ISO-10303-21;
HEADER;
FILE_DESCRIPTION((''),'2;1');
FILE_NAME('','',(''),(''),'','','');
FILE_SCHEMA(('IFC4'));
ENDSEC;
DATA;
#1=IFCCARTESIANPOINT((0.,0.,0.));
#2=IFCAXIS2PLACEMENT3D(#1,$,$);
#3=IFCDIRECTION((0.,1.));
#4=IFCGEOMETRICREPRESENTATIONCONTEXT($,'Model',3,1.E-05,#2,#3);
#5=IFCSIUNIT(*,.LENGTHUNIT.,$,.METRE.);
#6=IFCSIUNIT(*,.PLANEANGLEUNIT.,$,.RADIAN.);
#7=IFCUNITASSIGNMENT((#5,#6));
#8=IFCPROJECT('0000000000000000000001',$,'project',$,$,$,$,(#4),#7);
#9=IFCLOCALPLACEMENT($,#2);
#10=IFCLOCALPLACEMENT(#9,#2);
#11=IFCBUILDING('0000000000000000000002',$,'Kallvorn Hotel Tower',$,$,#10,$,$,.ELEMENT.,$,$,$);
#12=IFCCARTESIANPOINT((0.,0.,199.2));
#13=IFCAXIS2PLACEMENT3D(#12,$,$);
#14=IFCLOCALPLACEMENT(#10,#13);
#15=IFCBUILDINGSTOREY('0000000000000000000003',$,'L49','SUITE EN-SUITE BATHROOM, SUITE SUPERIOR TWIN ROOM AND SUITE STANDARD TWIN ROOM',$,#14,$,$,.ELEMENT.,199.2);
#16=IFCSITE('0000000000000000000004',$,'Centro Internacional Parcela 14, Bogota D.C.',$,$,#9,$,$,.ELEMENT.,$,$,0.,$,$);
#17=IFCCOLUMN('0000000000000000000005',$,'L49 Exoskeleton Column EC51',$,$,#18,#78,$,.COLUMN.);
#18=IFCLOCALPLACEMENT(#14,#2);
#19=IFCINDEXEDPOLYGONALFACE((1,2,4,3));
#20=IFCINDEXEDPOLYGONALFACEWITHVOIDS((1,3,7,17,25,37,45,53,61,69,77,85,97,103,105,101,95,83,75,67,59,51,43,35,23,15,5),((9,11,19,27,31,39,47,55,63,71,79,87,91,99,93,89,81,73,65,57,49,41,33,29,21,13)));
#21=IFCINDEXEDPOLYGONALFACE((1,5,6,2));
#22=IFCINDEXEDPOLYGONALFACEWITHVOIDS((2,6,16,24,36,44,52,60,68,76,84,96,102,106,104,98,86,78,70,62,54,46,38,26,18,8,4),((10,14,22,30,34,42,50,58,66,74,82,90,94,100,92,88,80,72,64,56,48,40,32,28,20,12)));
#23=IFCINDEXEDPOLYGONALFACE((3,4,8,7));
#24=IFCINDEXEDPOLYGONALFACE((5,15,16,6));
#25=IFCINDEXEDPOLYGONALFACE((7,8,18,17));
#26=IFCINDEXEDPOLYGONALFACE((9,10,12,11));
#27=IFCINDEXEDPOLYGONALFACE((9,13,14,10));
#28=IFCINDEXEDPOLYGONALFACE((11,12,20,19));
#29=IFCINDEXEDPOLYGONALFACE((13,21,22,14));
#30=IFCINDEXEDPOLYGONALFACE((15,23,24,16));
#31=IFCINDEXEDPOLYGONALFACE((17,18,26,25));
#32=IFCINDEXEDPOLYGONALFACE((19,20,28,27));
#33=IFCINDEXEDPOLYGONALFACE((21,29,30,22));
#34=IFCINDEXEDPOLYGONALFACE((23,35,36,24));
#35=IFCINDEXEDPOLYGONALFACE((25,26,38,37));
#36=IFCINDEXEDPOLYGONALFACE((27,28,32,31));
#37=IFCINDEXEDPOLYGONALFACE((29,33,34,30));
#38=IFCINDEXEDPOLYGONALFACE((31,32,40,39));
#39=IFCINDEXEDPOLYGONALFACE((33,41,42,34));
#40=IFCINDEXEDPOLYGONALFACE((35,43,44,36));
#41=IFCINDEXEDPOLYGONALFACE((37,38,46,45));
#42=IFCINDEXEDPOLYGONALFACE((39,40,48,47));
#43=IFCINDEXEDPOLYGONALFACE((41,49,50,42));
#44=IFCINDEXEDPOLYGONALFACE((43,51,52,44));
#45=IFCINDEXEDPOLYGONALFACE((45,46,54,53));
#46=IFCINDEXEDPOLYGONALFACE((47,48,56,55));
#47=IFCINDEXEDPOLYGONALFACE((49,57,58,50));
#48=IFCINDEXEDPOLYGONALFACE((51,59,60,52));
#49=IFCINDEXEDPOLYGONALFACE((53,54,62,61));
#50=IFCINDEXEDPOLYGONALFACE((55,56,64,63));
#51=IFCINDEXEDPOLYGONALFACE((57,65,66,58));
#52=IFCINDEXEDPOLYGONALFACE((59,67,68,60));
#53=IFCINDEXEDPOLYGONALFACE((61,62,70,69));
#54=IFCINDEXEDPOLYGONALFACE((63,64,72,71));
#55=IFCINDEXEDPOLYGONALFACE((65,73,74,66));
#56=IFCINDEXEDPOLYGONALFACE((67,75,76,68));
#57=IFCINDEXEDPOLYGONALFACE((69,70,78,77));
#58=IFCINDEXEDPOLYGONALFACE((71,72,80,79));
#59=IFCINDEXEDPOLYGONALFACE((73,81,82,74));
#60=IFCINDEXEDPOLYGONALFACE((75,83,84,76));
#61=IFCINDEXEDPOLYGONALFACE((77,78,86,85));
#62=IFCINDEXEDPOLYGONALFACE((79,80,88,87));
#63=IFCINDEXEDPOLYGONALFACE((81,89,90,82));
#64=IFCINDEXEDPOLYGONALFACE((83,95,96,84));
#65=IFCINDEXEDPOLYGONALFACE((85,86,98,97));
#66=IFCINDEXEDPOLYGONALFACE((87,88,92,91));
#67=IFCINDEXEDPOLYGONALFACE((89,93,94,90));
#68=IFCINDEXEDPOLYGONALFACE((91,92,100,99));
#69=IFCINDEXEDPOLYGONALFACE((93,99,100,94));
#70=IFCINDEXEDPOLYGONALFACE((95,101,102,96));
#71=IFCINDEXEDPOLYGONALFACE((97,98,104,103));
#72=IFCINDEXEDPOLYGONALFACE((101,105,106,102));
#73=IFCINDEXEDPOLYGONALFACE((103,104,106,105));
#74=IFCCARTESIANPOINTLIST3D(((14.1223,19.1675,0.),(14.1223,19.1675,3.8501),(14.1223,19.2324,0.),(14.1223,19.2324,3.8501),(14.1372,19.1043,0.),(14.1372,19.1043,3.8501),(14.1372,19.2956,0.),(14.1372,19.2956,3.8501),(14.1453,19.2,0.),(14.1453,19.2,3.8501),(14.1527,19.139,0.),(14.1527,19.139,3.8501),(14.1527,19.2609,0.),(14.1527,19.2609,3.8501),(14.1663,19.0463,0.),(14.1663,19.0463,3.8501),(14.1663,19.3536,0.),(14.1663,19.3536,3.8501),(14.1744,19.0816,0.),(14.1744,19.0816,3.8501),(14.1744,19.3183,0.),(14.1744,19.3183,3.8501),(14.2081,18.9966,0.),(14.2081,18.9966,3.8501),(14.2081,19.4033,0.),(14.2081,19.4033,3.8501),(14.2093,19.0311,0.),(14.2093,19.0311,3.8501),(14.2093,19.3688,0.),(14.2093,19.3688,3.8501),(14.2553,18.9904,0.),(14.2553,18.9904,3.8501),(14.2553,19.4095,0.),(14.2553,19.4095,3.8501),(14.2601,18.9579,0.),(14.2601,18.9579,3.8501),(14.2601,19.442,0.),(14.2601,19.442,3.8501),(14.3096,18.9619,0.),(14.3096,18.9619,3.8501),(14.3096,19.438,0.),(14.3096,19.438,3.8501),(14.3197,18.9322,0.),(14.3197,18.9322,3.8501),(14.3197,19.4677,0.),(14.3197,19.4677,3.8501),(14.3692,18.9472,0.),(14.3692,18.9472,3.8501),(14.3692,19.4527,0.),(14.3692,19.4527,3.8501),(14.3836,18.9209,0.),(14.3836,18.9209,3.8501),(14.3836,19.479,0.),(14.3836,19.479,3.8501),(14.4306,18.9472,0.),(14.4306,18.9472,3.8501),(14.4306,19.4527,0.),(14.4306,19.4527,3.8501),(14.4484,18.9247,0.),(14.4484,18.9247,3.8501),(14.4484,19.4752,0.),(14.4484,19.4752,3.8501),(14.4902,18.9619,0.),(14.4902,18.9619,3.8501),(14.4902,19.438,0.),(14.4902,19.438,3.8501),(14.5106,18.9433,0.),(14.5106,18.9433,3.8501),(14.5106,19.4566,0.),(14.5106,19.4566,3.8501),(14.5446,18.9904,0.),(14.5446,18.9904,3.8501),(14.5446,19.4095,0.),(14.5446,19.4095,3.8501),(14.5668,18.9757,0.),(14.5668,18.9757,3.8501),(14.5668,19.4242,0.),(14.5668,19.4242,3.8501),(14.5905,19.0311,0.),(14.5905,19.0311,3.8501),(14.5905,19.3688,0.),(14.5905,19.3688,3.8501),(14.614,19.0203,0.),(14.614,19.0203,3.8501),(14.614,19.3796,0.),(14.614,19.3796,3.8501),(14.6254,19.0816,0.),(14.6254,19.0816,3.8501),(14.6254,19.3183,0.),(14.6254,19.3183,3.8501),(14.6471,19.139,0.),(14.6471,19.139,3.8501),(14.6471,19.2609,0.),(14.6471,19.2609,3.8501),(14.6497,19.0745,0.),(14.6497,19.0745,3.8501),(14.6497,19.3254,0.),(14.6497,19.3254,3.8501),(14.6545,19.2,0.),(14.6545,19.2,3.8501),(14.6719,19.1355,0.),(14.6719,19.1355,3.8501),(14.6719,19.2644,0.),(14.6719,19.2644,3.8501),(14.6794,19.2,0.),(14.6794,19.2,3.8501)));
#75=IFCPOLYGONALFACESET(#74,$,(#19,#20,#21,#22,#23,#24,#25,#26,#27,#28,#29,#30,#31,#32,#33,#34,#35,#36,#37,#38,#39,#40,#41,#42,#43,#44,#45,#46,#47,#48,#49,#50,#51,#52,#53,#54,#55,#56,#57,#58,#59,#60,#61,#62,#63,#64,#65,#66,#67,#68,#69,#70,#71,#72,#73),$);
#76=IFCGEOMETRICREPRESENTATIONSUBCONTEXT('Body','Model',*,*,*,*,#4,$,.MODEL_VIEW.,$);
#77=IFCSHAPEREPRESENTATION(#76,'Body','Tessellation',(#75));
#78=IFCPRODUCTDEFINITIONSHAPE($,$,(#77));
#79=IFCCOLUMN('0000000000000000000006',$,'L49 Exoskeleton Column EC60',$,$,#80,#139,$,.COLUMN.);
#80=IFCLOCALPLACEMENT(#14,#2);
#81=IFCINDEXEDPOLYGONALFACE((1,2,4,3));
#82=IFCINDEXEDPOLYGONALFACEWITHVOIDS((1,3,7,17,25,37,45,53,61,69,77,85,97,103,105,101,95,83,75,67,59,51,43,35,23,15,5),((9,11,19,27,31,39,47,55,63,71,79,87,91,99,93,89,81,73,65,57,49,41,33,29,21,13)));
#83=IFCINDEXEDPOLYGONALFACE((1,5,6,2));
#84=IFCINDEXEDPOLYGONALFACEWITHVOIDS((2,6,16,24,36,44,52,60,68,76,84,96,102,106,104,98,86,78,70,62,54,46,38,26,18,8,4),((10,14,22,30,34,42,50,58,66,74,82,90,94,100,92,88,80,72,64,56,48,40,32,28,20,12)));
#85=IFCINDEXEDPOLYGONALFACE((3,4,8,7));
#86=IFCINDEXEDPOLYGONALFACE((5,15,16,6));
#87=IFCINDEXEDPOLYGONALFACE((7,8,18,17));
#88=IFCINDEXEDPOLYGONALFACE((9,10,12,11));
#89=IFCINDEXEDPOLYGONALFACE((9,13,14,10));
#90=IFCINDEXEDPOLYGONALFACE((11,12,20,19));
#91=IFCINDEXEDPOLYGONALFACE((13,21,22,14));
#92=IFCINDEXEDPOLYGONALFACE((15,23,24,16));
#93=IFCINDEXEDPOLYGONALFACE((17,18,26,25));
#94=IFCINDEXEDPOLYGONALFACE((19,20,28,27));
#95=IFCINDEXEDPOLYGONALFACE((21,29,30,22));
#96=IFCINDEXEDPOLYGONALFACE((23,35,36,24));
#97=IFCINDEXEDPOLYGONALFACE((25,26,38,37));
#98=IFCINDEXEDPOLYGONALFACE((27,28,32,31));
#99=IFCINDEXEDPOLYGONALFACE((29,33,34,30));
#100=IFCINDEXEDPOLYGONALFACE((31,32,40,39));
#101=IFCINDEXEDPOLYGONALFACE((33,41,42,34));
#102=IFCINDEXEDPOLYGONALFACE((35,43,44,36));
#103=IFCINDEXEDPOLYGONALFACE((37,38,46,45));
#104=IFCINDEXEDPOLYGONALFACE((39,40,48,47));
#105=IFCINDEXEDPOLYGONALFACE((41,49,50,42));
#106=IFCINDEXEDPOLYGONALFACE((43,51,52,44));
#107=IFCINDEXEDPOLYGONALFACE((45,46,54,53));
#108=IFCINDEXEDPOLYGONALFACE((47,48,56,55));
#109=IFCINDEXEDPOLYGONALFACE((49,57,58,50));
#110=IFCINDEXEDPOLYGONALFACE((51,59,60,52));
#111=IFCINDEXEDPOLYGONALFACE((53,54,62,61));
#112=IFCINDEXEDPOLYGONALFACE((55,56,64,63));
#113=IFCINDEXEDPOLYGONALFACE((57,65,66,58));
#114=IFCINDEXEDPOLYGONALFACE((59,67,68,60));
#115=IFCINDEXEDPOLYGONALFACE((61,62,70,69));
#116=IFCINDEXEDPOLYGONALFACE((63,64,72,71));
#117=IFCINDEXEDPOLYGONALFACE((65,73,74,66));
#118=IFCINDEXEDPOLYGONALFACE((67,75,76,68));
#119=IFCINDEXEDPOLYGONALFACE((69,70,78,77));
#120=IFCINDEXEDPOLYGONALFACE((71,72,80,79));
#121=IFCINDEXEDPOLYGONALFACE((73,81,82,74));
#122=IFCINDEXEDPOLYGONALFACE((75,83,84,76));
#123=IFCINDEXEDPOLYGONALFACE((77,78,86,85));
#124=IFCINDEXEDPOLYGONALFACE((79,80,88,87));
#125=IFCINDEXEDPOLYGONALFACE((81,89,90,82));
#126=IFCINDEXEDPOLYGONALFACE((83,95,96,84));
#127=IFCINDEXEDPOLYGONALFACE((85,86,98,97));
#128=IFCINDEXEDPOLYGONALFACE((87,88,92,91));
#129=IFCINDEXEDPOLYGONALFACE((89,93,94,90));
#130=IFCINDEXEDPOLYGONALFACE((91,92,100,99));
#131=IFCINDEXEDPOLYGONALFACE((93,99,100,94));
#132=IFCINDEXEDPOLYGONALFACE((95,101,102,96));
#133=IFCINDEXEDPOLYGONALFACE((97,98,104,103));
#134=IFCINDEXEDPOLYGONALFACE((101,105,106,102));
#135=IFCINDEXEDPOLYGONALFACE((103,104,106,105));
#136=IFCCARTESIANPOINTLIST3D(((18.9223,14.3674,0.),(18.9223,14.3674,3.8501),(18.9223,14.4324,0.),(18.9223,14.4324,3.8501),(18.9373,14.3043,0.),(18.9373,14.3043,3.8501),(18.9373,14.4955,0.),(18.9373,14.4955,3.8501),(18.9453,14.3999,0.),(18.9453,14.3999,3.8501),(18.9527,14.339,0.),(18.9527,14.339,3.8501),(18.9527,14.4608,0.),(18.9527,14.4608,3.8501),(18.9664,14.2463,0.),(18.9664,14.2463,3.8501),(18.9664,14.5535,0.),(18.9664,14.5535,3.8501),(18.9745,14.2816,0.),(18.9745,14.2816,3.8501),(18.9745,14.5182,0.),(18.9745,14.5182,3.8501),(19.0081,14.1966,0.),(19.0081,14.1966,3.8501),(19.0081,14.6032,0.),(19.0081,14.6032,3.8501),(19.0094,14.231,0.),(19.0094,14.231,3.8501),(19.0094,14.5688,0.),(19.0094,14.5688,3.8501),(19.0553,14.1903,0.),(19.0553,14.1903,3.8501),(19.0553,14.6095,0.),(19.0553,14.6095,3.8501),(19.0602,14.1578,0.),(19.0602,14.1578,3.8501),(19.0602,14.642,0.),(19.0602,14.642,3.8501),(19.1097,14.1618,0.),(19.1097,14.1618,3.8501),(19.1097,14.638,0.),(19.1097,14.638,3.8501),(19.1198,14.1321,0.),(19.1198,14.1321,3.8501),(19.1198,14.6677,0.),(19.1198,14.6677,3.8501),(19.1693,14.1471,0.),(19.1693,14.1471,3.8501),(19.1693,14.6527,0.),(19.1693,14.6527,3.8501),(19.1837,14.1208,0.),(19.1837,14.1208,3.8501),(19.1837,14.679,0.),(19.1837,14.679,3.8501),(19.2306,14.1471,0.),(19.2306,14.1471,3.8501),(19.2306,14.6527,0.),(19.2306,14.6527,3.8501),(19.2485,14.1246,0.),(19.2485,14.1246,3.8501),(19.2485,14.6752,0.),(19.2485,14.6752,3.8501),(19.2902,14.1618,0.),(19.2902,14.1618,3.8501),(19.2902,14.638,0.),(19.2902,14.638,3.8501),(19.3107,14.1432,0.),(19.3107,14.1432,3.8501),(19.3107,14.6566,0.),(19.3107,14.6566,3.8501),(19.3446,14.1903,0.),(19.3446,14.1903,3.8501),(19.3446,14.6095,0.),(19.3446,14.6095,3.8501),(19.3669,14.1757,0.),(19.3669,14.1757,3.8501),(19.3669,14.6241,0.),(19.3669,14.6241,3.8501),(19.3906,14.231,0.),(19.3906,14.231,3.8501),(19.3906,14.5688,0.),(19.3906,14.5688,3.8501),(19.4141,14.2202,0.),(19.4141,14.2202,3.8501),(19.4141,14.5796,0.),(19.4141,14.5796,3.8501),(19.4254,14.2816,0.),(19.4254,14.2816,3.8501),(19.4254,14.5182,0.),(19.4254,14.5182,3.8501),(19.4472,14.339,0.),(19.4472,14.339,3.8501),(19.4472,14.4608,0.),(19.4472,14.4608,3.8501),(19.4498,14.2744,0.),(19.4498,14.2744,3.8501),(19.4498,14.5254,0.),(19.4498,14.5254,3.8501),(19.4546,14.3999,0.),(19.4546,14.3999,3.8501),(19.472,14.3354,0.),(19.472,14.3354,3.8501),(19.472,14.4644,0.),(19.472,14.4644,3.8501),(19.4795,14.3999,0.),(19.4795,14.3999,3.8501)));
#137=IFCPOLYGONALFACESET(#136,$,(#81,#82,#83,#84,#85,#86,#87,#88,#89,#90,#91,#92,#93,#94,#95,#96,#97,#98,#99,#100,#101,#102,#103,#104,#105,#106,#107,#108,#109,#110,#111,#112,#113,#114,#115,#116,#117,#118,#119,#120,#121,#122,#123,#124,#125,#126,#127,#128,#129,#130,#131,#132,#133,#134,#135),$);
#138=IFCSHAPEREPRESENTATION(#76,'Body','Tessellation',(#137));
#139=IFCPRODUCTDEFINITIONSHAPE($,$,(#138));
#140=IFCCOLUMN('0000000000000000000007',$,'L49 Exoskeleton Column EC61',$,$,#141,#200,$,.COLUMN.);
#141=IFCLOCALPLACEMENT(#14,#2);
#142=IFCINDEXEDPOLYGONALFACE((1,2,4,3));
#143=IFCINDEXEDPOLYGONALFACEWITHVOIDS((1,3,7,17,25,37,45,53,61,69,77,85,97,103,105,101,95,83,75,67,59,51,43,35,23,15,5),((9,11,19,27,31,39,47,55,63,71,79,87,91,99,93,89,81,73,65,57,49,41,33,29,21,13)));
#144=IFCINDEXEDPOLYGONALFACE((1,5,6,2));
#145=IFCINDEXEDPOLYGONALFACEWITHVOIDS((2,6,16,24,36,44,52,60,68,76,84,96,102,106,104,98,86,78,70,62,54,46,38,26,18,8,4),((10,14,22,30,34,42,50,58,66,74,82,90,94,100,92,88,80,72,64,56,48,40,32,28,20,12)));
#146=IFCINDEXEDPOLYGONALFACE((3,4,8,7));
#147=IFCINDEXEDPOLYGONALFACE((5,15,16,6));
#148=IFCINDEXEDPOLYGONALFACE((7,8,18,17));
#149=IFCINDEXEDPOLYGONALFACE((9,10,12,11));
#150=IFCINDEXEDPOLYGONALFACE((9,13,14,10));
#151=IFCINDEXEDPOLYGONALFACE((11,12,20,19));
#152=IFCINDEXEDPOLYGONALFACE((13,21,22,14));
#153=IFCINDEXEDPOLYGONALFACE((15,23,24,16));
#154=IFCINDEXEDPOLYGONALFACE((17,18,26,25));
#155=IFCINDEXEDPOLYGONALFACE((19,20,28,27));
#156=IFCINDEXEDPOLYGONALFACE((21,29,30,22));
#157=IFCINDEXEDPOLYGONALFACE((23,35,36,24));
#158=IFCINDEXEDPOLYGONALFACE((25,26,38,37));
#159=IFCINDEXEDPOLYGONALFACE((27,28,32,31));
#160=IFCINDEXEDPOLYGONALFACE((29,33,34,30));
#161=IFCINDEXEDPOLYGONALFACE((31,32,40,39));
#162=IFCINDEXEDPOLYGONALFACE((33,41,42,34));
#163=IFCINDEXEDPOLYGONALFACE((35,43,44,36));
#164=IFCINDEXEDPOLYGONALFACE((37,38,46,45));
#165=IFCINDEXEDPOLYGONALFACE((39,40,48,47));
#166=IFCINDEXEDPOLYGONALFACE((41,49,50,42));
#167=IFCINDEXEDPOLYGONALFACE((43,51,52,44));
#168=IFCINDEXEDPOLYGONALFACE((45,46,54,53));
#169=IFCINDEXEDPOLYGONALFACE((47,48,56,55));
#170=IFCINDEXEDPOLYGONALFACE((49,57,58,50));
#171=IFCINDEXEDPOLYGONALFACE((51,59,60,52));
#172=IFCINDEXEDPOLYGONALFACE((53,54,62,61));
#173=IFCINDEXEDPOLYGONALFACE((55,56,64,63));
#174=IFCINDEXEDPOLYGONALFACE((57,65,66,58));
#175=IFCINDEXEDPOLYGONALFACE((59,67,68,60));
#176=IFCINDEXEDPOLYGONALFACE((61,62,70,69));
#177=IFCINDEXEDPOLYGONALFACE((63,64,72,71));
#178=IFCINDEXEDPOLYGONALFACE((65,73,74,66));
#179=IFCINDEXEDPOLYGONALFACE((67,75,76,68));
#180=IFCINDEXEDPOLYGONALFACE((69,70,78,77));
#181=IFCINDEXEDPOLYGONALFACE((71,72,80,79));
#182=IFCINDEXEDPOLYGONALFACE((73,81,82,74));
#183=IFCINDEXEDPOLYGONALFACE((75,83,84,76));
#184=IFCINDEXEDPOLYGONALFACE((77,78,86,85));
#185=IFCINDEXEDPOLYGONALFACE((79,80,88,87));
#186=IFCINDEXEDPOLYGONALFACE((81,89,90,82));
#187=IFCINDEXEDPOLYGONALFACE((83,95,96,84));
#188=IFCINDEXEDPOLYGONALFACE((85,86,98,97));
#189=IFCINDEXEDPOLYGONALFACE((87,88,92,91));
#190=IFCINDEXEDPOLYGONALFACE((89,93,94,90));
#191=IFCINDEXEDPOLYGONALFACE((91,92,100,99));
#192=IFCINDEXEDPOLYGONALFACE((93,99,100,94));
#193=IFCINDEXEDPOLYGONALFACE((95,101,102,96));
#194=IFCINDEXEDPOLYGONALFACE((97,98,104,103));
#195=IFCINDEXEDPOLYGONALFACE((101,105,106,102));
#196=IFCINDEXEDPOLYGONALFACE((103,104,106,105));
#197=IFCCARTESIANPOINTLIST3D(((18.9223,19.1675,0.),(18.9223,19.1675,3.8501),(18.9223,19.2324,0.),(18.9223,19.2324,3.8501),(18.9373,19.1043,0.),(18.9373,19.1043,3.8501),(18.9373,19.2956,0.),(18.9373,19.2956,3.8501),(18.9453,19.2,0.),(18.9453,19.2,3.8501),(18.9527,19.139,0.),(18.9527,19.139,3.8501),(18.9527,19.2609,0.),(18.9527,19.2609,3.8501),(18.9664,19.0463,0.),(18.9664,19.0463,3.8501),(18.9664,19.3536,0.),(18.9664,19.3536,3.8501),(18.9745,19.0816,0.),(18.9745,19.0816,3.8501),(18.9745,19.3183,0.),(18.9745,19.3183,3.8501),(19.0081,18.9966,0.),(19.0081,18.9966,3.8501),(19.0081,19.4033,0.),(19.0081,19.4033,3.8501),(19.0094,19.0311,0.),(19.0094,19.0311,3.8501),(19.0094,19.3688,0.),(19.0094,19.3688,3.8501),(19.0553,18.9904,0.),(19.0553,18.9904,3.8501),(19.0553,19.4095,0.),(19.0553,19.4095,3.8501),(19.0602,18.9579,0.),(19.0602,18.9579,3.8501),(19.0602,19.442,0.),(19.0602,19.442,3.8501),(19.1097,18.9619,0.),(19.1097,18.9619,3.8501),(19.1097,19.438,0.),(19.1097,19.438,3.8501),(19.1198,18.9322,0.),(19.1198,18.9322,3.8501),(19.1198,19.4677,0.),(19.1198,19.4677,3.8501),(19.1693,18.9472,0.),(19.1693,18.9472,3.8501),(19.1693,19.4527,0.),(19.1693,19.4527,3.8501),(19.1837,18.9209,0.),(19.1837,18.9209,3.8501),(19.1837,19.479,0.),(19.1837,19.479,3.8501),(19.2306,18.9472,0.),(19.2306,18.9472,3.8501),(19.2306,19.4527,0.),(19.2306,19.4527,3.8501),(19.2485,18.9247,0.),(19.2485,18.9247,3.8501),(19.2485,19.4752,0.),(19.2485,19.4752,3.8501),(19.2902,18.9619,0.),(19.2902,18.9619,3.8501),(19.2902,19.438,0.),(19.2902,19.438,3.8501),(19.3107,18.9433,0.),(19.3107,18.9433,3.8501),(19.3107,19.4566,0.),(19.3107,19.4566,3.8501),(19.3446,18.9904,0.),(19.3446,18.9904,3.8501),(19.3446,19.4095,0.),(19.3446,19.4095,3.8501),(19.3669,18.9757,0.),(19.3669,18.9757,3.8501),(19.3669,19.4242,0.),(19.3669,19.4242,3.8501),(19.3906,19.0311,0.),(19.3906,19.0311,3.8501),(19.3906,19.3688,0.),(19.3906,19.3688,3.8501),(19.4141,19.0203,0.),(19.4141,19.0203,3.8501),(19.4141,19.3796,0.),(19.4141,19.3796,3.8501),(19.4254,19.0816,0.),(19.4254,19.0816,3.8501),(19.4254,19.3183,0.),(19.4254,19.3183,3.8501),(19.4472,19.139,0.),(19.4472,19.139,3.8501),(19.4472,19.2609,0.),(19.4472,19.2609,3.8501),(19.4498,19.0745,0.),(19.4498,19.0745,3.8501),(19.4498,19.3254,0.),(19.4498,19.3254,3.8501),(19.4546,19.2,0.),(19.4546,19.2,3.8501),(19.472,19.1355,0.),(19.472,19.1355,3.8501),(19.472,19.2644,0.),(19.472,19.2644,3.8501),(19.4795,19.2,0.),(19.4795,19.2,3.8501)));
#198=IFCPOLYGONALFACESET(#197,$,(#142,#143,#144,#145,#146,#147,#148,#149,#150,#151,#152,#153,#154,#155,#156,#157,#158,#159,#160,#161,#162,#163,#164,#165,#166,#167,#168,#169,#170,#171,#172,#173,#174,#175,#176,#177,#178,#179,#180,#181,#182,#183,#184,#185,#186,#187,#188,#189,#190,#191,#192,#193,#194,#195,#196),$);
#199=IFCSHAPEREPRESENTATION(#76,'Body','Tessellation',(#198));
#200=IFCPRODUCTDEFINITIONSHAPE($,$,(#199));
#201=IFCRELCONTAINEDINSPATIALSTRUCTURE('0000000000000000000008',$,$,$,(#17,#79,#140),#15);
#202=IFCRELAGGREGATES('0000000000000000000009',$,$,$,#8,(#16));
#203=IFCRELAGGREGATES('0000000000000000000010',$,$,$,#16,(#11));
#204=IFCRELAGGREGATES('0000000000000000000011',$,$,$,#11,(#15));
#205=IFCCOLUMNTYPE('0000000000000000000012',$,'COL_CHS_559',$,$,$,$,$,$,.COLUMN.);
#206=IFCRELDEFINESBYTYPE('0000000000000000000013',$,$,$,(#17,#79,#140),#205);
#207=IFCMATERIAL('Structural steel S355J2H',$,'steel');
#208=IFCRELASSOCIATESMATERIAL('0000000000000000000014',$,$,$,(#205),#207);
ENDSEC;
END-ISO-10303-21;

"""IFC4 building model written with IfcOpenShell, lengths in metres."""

from ifc_helpers import new_model, si_unit, direction, frame, origin, origin_2d, place, context, subcontext, project, spatial, hollow_circle, extrude, material, material_profile, profile_set, type_object, element, save


model = new_model("IFC4")

# Units and contexts
model_context = context("Model", 3, precision=1e-05, world=origin(), true_north=direction((0.0, 1.0)))
body_context = subcontext(model_context, "Body", "Model", "MODEL_VIEW")
ifc_project = project(units=[si_unit("LENGTHUNIT", "METRE"), si_unit("PLANEANGLEUNIT", "RADIAN")], contexts=[model_context])

# Site, building, storey
site_placement = place(None, origin())
site = spatial("IfcSite", under=ifc_project, at=site_placement, Name="Centro Internacional Parcela 14, Bogota D.C.", CompositionType="ELEMENT", RefElevation=0.0)
building_placement = place(site_placement, origin())
building = spatial("IfcBuilding", under=site, at=building_placement, Name="Kallvorn Hotel Tower", CompositionType="ELEMENT")
storey_placement = place(building_placement, frame((0.0, 0.0, 199.2)))
storey = spatial("IfcBuildingStorey", under=building, at=storey_placement, Name="L49", Description="SUITE EN-SUITE BATHROOM, SUITE SUPERIOR TWIN ROOM AND SUITE STANDARD TWIN ROOM", CompositionType="ELEMENT", Elevation=199.2)

# Columns
ifc_material_1 = material(Name="Structural steel S355J2H", Category="steel")
ifc_material_profile_1 = material_profile(ifc_material_1, hollow_circle(Radius=0.2795, WallThickness=0.0249, at=origin_2d()), Name="CHS 559x25")
ifc_profile_set_1 = profile_set([ifc_material_profile_1], Name="Structural steel S355J2H")
column_type_1 = type_object("IfcColumnType", Name="COL_CHS_559", PredefinedType="COLUMN", material=ifc_profile_set_1)
for number, where, z_axis, x_axis, name in (
    (1, (14.3999, 19.2, 0.0), (0.0, 0.0, 1.0), (1.0, 0.0, 0.0), "L49 Exoskeleton Column EC51"),
    (2, (19.2, 14.3999, 0.0), (0.0, 0.0, 1.0), (1.0, 0.0, 0.0), "L49 Exoskeleton Column EC60"),
    (3, (19.2, 19.2, 0.0), (0.0, 0.0, 1.0), (1.0, 0.0, 0.0), "L49 Exoskeleton Column EC61"),
):
    element("IfcColumn", number, at=place(storey_placement, frame(where, z_axis=z_axis, x_axis=x_axis)), inside=storey, type_object=column_type_1, Name=name, PredefinedType="COLUMN", context=body_context, shape_type="SweptSolid", body=[
        extrude(hollow_circle(Radius=0.2795, WallThickness=0.0249, at=origin_2d()), origin(), (0.0, 0.0, 1.0), 3.8501),
    ])

save(model, "model.ifc")
